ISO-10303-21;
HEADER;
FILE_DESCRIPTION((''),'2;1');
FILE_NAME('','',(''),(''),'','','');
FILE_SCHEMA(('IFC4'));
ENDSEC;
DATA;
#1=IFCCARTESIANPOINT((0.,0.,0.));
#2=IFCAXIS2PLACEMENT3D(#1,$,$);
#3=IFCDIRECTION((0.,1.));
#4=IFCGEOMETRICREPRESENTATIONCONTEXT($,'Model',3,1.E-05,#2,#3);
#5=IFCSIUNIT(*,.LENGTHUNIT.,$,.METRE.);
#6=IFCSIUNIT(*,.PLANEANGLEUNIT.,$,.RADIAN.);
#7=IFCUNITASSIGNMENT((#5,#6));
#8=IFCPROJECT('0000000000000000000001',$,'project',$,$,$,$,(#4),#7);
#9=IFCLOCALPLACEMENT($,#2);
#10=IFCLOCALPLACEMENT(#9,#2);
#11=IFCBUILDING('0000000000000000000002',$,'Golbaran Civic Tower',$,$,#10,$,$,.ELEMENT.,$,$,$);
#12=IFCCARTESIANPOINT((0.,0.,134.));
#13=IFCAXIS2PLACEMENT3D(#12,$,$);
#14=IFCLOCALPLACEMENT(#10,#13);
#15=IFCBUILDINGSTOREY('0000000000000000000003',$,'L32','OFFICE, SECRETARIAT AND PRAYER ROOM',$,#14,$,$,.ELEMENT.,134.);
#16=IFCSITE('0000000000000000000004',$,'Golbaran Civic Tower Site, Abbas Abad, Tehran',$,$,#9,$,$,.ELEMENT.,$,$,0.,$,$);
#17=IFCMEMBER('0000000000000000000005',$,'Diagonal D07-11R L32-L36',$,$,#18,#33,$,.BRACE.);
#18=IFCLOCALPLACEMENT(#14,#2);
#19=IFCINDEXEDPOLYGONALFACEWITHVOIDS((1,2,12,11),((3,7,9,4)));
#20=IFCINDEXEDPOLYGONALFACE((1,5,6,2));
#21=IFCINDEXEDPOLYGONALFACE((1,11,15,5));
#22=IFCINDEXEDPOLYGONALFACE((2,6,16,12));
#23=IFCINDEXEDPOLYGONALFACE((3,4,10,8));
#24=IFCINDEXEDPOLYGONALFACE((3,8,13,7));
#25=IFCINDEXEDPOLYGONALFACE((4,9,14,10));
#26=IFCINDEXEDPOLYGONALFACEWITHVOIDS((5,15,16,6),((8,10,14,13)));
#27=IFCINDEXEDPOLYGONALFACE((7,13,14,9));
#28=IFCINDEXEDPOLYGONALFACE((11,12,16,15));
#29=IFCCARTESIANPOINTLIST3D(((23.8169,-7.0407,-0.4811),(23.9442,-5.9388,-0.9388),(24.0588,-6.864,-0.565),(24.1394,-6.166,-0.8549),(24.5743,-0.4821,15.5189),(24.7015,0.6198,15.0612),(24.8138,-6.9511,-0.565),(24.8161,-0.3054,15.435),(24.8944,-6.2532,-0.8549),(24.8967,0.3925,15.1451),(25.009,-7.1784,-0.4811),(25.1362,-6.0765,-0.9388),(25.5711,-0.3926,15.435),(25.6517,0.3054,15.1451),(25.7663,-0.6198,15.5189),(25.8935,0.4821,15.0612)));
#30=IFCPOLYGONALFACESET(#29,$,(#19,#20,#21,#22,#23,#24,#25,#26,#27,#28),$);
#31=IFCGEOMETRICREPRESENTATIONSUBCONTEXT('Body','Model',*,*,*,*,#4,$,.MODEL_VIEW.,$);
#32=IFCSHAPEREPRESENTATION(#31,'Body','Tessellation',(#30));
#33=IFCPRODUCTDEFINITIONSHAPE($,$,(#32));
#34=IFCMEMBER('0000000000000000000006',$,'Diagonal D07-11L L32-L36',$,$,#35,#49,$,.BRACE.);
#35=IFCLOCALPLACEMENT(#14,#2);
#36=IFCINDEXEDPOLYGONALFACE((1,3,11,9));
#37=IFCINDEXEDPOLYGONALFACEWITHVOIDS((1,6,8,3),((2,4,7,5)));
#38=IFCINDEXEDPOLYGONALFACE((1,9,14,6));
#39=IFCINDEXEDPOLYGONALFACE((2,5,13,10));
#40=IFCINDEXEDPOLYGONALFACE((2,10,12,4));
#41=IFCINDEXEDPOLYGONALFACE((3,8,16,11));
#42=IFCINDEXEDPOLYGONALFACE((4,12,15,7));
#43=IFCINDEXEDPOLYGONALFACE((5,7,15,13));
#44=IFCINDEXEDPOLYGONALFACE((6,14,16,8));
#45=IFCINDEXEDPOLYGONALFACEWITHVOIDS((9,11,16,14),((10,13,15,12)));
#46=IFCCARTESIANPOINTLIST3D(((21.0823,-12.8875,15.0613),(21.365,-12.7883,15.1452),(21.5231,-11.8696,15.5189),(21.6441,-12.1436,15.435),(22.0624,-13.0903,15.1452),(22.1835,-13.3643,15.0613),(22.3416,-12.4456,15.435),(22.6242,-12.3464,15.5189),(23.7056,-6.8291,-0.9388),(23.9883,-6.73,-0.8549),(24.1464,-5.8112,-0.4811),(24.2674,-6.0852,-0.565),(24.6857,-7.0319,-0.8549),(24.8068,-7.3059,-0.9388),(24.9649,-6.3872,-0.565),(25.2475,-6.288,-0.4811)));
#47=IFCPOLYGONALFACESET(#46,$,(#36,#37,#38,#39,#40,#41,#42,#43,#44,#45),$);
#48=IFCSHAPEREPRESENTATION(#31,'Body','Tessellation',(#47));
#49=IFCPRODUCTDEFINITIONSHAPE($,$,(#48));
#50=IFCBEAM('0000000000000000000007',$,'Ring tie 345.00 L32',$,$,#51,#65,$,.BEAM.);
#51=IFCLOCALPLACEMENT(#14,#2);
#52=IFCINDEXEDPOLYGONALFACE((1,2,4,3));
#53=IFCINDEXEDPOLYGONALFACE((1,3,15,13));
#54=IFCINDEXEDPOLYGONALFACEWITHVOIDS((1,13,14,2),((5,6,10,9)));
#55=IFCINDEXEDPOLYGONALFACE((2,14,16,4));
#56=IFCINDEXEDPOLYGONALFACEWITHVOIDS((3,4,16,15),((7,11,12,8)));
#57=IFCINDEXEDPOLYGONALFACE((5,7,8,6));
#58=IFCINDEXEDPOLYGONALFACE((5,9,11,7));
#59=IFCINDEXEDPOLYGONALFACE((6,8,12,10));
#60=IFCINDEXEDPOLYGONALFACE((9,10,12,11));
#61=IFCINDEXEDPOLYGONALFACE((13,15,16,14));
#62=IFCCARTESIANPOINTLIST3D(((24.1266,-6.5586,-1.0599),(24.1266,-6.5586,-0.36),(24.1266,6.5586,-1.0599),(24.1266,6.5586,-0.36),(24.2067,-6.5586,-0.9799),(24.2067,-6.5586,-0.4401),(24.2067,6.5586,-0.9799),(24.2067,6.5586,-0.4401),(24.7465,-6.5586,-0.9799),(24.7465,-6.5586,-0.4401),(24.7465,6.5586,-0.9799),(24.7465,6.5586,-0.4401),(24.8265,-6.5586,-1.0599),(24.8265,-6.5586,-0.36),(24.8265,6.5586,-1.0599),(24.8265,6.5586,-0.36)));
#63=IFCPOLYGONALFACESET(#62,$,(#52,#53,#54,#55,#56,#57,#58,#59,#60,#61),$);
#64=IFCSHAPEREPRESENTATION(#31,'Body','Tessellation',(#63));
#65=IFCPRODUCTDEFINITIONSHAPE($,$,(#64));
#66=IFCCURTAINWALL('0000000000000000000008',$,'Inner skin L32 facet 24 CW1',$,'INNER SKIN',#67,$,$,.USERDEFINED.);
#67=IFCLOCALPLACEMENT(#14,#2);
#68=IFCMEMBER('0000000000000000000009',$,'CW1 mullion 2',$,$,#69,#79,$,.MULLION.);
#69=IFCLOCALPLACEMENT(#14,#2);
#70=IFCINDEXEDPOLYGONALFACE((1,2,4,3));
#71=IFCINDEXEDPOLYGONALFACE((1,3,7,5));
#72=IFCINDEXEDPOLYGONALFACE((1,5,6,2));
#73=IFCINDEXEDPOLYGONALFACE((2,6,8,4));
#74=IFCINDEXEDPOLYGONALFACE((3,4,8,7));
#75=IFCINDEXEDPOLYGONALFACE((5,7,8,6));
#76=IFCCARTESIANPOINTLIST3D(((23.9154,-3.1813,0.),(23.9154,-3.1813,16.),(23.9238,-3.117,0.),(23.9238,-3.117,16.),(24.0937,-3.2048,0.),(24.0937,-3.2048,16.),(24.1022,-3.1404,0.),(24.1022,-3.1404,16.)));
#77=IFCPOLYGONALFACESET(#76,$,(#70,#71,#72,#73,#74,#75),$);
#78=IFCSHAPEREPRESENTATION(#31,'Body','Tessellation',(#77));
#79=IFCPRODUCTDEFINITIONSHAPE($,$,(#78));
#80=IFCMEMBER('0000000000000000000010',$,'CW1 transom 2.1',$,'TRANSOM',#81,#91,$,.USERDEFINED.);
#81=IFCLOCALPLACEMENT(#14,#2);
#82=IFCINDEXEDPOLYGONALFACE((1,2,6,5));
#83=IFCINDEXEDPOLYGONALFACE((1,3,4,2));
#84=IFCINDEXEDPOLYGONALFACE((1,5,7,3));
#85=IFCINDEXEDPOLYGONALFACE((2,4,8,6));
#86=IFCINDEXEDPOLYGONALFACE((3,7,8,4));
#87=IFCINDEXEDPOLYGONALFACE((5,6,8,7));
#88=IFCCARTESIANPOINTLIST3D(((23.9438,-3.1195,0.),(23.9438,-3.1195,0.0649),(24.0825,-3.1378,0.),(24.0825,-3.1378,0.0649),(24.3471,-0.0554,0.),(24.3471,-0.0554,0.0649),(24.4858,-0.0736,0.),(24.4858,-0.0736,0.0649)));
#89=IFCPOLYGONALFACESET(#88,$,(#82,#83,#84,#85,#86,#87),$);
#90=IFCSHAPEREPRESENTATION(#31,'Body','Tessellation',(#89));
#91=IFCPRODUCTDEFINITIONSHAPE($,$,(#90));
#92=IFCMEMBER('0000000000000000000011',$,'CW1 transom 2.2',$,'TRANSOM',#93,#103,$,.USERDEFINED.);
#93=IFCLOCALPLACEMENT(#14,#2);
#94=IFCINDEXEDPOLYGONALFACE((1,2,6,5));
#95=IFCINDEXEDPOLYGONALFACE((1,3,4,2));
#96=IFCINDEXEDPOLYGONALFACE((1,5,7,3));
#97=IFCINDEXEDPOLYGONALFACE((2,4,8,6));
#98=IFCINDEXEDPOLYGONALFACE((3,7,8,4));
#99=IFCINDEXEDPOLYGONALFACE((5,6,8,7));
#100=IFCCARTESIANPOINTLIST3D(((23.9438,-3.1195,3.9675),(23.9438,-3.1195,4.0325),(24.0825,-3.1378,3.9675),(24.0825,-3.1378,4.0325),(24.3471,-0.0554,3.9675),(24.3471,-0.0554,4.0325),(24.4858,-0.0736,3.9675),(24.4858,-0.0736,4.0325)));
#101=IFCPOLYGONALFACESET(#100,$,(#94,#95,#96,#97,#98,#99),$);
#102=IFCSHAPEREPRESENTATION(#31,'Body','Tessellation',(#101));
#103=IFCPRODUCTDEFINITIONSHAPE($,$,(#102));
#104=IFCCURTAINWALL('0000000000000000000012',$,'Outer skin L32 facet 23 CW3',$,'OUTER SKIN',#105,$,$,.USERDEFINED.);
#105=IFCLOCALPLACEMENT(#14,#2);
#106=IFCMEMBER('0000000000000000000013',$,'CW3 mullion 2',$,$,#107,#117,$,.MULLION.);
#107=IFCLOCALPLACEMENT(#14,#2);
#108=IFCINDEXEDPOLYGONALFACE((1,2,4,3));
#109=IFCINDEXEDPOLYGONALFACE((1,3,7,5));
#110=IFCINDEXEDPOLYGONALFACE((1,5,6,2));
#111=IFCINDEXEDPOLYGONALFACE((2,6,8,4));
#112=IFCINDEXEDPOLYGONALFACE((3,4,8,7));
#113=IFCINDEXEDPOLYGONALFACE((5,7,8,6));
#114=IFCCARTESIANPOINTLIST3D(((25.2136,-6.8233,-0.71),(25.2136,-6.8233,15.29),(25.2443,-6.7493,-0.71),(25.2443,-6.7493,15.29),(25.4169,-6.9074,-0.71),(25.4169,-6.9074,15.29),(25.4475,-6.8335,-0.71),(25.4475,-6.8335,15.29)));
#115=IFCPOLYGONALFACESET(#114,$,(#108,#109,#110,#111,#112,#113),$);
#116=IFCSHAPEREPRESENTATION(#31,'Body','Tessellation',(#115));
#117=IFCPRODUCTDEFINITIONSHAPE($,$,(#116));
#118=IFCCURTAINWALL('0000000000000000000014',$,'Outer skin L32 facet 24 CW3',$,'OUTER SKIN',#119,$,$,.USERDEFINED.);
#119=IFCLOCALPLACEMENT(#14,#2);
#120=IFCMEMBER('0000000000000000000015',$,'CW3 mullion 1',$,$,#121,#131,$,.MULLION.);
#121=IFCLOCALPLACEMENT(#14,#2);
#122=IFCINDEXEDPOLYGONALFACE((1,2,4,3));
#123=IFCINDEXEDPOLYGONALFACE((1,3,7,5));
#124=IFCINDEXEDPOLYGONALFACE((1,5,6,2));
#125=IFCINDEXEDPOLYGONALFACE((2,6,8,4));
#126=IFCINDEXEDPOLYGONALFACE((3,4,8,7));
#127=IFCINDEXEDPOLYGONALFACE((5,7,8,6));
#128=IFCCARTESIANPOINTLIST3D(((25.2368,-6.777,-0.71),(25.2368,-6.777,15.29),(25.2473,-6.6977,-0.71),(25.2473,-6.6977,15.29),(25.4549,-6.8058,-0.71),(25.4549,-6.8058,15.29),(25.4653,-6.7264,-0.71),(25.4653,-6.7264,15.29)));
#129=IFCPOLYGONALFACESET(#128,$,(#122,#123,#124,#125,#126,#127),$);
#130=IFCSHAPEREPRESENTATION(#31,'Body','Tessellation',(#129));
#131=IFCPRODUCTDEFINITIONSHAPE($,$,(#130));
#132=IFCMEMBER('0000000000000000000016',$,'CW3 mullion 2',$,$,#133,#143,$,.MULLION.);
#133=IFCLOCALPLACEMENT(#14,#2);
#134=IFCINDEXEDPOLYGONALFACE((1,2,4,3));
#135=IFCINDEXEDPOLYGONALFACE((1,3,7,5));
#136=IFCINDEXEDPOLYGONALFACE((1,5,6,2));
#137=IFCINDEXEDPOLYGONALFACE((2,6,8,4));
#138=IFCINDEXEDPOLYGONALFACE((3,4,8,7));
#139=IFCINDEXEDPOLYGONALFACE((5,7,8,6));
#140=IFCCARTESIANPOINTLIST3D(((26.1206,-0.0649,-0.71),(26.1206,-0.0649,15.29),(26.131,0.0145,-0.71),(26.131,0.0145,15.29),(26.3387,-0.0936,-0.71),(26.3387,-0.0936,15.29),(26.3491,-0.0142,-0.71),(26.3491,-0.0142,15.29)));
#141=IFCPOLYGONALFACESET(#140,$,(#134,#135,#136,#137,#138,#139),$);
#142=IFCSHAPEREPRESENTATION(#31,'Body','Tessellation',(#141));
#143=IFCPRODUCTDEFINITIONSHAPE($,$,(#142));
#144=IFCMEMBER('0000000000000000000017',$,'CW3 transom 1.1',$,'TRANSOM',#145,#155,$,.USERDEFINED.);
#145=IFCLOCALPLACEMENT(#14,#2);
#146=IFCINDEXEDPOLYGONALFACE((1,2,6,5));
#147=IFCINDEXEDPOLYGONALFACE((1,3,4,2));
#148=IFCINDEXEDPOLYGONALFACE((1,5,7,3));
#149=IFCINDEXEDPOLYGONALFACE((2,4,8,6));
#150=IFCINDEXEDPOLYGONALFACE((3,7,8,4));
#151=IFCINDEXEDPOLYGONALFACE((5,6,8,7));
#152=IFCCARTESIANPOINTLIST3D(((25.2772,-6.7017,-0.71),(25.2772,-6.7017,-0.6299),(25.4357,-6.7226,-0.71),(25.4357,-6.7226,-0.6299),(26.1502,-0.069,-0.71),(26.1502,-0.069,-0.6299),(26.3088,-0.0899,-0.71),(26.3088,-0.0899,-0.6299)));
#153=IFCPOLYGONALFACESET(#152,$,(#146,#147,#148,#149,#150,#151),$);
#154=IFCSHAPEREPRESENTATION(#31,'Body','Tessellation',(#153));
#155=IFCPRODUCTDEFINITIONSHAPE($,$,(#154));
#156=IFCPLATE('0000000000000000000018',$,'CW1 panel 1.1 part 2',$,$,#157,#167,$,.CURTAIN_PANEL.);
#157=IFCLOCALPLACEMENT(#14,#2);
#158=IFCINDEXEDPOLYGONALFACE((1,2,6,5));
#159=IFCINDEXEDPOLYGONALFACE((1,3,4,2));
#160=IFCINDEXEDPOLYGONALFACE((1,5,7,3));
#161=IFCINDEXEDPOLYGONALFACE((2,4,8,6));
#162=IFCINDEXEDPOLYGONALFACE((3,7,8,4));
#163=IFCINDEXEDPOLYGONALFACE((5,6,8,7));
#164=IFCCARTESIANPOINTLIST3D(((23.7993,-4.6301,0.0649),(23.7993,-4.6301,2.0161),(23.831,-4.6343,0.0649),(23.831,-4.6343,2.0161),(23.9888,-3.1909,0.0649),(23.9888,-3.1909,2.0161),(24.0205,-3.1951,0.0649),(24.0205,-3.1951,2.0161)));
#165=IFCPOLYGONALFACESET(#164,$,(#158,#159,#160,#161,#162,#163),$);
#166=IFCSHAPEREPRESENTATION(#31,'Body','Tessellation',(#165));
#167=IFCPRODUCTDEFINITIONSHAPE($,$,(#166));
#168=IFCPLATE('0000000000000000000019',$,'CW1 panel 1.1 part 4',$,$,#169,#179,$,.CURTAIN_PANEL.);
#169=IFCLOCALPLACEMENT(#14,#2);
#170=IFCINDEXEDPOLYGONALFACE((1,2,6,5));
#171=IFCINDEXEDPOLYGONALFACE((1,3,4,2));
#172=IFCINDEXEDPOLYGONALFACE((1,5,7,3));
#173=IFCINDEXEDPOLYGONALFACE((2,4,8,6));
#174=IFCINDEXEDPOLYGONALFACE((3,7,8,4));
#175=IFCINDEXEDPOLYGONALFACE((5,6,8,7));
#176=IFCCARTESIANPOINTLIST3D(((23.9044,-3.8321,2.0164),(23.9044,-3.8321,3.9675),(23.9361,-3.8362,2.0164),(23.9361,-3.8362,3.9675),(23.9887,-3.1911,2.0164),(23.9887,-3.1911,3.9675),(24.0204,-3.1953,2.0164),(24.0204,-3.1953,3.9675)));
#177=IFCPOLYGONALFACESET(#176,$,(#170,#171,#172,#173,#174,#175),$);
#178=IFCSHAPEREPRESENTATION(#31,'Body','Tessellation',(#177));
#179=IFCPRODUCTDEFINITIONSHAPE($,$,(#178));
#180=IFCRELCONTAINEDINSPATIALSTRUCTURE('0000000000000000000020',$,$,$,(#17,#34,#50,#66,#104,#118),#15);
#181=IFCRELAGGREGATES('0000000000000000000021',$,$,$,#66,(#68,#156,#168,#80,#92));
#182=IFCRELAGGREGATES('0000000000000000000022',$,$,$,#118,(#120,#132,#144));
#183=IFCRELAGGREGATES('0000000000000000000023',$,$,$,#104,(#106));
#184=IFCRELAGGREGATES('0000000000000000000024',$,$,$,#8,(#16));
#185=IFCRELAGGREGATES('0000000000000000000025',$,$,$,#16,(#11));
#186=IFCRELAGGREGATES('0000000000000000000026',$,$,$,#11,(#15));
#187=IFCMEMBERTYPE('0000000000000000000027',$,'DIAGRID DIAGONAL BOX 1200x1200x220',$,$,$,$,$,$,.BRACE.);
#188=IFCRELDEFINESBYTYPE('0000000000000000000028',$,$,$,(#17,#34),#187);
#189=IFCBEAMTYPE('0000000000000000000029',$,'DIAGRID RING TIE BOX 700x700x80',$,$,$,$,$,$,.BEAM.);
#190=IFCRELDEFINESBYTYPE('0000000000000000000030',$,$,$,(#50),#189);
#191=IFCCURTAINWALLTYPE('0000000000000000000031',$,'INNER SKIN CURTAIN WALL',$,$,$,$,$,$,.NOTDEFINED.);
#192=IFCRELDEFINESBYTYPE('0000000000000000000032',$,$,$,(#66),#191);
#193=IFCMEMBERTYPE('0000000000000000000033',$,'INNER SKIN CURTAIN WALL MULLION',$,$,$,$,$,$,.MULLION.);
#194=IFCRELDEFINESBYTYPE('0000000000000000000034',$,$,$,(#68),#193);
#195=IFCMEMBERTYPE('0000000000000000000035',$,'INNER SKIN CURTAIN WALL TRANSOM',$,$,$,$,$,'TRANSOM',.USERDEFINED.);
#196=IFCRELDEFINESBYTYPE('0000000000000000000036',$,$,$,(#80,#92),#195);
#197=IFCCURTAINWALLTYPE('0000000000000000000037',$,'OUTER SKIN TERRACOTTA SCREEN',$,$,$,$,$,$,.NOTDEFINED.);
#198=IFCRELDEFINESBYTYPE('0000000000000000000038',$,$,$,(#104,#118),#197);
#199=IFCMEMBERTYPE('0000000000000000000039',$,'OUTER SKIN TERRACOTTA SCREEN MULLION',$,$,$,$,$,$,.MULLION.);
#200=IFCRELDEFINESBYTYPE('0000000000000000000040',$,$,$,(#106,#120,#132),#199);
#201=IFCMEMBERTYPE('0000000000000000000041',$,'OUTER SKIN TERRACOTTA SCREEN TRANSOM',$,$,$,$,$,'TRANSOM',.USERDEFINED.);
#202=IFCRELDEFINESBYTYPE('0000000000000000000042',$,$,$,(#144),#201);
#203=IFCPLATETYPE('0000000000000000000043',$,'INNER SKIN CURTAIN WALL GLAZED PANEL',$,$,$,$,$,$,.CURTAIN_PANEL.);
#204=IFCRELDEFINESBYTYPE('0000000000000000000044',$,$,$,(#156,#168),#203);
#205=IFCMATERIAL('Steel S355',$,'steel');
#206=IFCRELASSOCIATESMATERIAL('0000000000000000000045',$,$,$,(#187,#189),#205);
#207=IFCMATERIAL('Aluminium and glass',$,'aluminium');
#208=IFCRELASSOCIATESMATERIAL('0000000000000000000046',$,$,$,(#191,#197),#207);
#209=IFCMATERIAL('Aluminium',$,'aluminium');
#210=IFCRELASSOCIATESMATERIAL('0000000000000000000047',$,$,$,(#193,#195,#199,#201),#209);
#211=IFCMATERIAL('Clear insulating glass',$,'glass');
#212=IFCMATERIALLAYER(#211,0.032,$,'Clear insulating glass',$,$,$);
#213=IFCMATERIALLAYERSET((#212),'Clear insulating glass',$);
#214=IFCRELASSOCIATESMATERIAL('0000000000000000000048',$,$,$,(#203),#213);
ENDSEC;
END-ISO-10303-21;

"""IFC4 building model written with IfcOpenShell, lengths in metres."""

from ifc_helpers import new_model, si_unit, direction, frame, origin, origin_2d, place, context, subcontext, project, spatial, rectangle, hollow_rectangle, extrude, material, layer, layer_set, material_profile, profile_set, type_object, element, aggregate, save


model = new_model("IFC4")

# Units and contexts
model_context = context("Model", 3, precision=1e-05, world=origin(), true_north=direction((0.0, 1.0)))
body_context = subcontext(model_context, "Body", "Model", "MODEL_VIEW")
ifc_project = project(units=[si_unit("LENGTHUNIT", "METRE"), si_unit("PLANEANGLEUNIT", "RADIAN")], contexts=[model_context])

# Site, building, storey
site_placement = place(None, origin())
site = spatial("IfcSite", under=ifc_project, at=site_placement, Name="Golbaran Civic Tower Site, Abbas Abad, Tehran", CompositionType="ELEMENT", RefElevation=0.0)
building_placement = place(site_placement, origin())
building = spatial("IfcBuilding", under=site, at=building_placement, Name="Golbaran Civic Tower", CompositionType="ELEMENT")
storey_placement = place(building_placement, frame((0.0, 0.0, 134.0)))
storey = spatial("IfcBuildingStorey", under=building, at=storey_placement, Name="L32", Description="OFFICE, SECRETARIAT AND PRAYER ROOM", CompositionType="ELEMENT", Elevation=134.0)

# Members
ifc_material_1 = material(Name="Steel S355", Category="steel")
ifc_material_profile_1 = material_profile(ifc_material_1, hollow_rectangle(XDim=1.2, YDim=1.2, WallThickness=0.22, at=origin_2d()), Name="BOX 1200x1200x220")
ifc_profile_set_1 = profile_set([ifc_material_profile_1], Name="Steel S355")
member_type_1 = type_object("IfcMemberType", Name="DIAGRID DIAGONAL BOX 1200x1200x220", PredefinedType="BRACE", material=ifc_profile_set_1)
for number, where, z_axis, x_axis, name in (
    (1, (24.4766, -6.5586, -0.71), (0.043754, 0.37892, 0.924394), (-0.993399, 0.114708, 0.0), "Diagonal D07-11R L32-L36"),
    (2, (24.4766, -6.5586, -0.71), (-0.151561, -0.350021, 0.9244), (0.917666, -0.397353, 0.0), "Diagonal D07-11L L32-L36"),
):
    element("IfcMember", number, at=place(storey_placement, frame(where, z_axis=z_axis, x_axis=x_axis)), inside=storey, type_object=member_type_1, Name=name, PredefinedType="BRACE", context=body_context, shape_type="SweptSolid", body=[
        extrude(hollow_rectangle(XDim=1.2, YDim=1.2, WallThickness=0.22, at=origin_2d()), origin(), (0.0, 0.0, 1.0), 17.3086),
    ])

# Beam
ifc_material_profile_2 = material_profile(ifc_material_1, hollow_rectangle(XDim=0.7, YDim=0.7, WallThickness=0.0801, at=origin_2d()), Name="BOX 700x700x80")
ifc_profile_set_2 = profile_set([ifc_material_profile_2], Name="Steel S355")
beam_type = type_object("IfcBeamType", Name="DIAGRID RING TIE BOX 700x700x80", PredefinedType="BEAM", material=ifc_profile_set_2)
beam_placement = place(storey_placement, frame((24.4766, -6.5586, -0.71), z_axis=(0.0, 1.0, 0.0), x_axis=(-1.0, 0.0, 0.0)))
element("IfcBeam", 3, at=beam_placement, inside=storey, type_object=beam_type, Name="Ring tie 345.00 L32", PredefinedType="BEAM", context=body_context, shape_type="SweptSolid", body=[
    extrude(hollow_rectangle(XDim=0.7, YDim=0.7, WallThickness=0.0801, at=origin_2d()), origin(), (0.0, 0.0, 1.0), 13.1172),
])

# Curtain wall, members
ifc_material_2 = material(Name="Aluminium and glass", Category="aluminium")
curtain_wall_type_1 = type_object("IfcCurtainWallType", Name="INNER SKIN CURTAIN WALL", PredefinedType="NOTDEFINED", material=ifc_material_2)
curtain_wall_1_placement = place(storey_placement, origin())
curtain_wall_1 = element("IfcCurtainWall", 4, at=curtain_wall_1_placement, inside=storey, type_object=curtain_wall_type_1, Name="Inner skin L32 facet 24 CW1", ObjectType="INNER SKIN", PredefinedType="USERDEFINED")
ifc_material_3 = material(Name="Aluminium", Category="aluminium")
ifc_material_profile_3 = material_profile(ifc_material_3, rectangle(XDim=0.1799, YDim=0.0649, at=origin_2d()), Name="INNER SKIN CURTAIN WALL MULLION")
ifc_profile_set_3 = profile_set([ifc_material_profile_3], Name="Aluminium")
member_type_2 = type_object("IfcMemberType", Name="INNER SKIN CURTAIN WALL MULLION", PredefinedType="MULLION", material=ifc_profile_set_3)
member_1_placement = place(storey_placement, frame((24.0088, -3.1609, 0.0), z_axis=(0.0, 0.0, 1.0), x_axis=(-0.991445, 0.130526, 0.0)))
member_1 = element("IfcMember", 5, at=member_1_placement, type_object=member_type_2, Name="CW1 mullion 2", PredefinedType="MULLION", context=body_context, shape_type="SweptSolid", body=[
    extrude(rectangle(XDim=0.1799, YDim=0.0649, at=origin_2d()), origin(), (0.0, 0.0, 1.0), 16.0),
])
ifc_material_profile_4 = material_profile(ifc_material_3, rectangle(XDim=0.1399, YDim=0.0649, at=origin_2d()), Name="INNER SKIN CURTAIN WALL TRANSOM")
ifc_profile_set_4 = profile_set([ifc_material_profile_4], Name="Aluminium")
member_type_3 = type_object("IfcMemberType", Name="INNER SKIN CURTAIN WALL TRANSOM", ElementType="TRANSOM", PredefinedType="USERDEFINED", material=ifc_profile_set_4)
member_2_placement = place(storey_placement, frame((24.0132, -3.1287, 0.0325), z_axis=(0.130497, 0.991449, 0.0), x_axis=(-0.991449, 0.130497, 0.0)))
member_2 = element("IfcMember", 6, at=member_2_placement, type_object=member_type_3, Name="CW1 transom 2.1", ObjectType="TRANSOM", PredefinedType="USERDEFINED", context=body_context, shape_type="SweptSolid", body=[
    extrude(rectangle(XDim=0.1399, YDim=0.0649, at=origin_2d()), origin(), (0.0, 0.0, 1.0), 3.0906),
])
member_3_placement = place(storey_placement, frame((24.0132, -3.1287, 4.0), z_axis=(0.130497, 0.991449, 0.0), x_axis=(-0.991449, 0.130497, 0.0)))
member_3 = element("IfcMember", 7, at=member_3_placement, type_object=member_type_3, Name="CW1 transom 2.2", ObjectType="TRANSOM", PredefinedType="USERDEFINED", context=body_context, shape_type="SweptSolid", body=[
    extrude(rectangle(XDim=0.1399, YDim=0.0649, at=origin_2d()), origin(), (0.0, 0.0, 1.0), 3.0906),
])

# Curtain wall, member
curtain_wall_type_2 = type_object("IfcCurtainWallType", Name="OUTER SKIN TERRACOTTA SCREEN", PredefinedType="NOTDEFINED", material=ifc_material_2)
curtain_wall_2_placement = place(storey_placement, origin())
curtain_wall_2 = element("IfcCurtainWall", 8, at=curtain_wall_2_placement, inside=storey, type_object=curtain_wall_type_2, Name="Outer skin L32 facet 23 CW3", ObjectType="OUTER SKIN", PredefinedType="USERDEFINED")
ifc_material_profile_5 = material_profile(ifc_material_3, rectangle(XDim=0.22, YDim=0.0801, at=origin_2d()), Name="OUTER SKIN TERRACOTTA SCREEN MULLION")
ifc_profile_set_5 = profile_set([ifc_material_profile_5], Name="Aluminium")
member_type_4 = type_object("IfcMemberType", Name="OUTER SKIN TERRACOTTA SCREEN MULLION", PredefinedType="MULLION", material=ifc_profile_set_5)
member_4_placement = place(storey_placement, frame((25.3306, -6.8284, -0.71), z_axis=(0.0, 0.0, 1.0), x_axis=(-0.92388, 0.382683, 0.0)))
member_4 = element("IfcMember", 9, at=member_4_placement, type_object=member_type_4, Name="CW3 mullion 2", PredefinedType="MULLION", context=body_context, shape_type="SweptSolid", body=[
    extrude(rectangle(XDim=0.22, YDim=0.0801, at=origin_2d()), origin(), (0.0, 0.0, 1.0), 16.0),
])

# Curtain wall, members
curtain_wall_3_placement = place(storey_placement, origin())
curtain_wall_3 = element("IfcCurtainWall", 10, at=curtain_wall_3_placement, inside=storey, type_object=curtain_wall_type_2, Name="Outer skin L32 facet 24 CW3", ObjectType="OUTER SKIN", PredefinedType="USERDEFINED")
member_5_placement = place(storey_placement, frame((25.3511, -6.7517, -0.71), z_axis=(0.0, 0.0, 1.0), x_axis=(-0.991445, 0.130526, 0.0)))
member_5 = element("IfcMember", 11, at=member_5_placement, type_object=member_type_4, Name="CW3 mullion 1", PredefinedType="MULLION", context=body_context, shape_type="SweptSolid", body=[
    extrude(rectangle(XDim=0.22, YDim=0.0801, at=origin_2d()), origin(), (0.0, 0.0, 1.0), 16.0),
])
member_6_placement = place(storey_placement, frame((26.2349, -0.0396, -0.71), z_axis=(0.0, 0.0, 1.0), x_axis=(-0.991445, 0.130526, 0.0)))
member_6 = element("IfcMember", 12, at=member_6_placement, type_object=member_type_4, Name="CW3 mullion 2", PredefinedType="MULLION", context=body_context, shape_type="SweptSolid", body=[
    extrude(rectangle(XDim=0.22, YDim=0.0801, at=origin_2d()), origin(), (0.0, 0.0, 1.0), 16.0),
])
ifc_material_profile_6 = material_profile(ifc_material_3, rectangle(XDim=0.1599, YDim=0.0801, at=origin_2d()), Name="OUTER SKIN TERRACOTTA SCREEN TRANSOM")
ifc_profile_set_6 = profile_set([ifc_material_profile_6], Name="Aluminium")
member_type_5 = type_object("IfcMemberType", Name="OUTER SKIN TERRACOTTA SCREEN TRANSOM", ElementType="TRANSOM", PredefinedType="USERDEFINED", material=ifc_profile_set_6)
member_7_placement = place(storey_placement, frame((25.3564, -6.7122, -0.6699), z_axis=(0.1305, 0.991448, 0.0), x_axis=(-0.991448, 0.1305, 0.0)))
member_7 = element("IfcMember", 13, at=member_7_placement, type_object=member_type_5, Name="CW3 transom 1.1", ObjectType="TRANSOM", PredefinedType="USERDEFINED", context=body_context, shape_type="SweptSolid", body=[
    extrude(rectangle(XDim=0.1599, YDim=0.0801, at=origin_2d()), origin(), (0.0, 0.0, 1.0), 6.6899),
])

# Plates
ifc_material_4 = material(Name="Clear insulating glass", Category="glass")
ifc_layer_1 = layer(ifc_material_4, 0.032, Name="Clear insulating glass")
ifc_layer_set_1 = layer_set([ifc_layer_1], Name="Clear insulating glass")
plate_type_1 = type_object("IfcPlateType", Name="INNER SKIN CURTAIN WALL GLAZED PANEL", PredefinedType="CURTAIN_PANEL", material=ifc_layer_set_1)
plate_1_placement = place(storey_placement, frame((23.9099, -3.9126, 0.0649), z_axis=(0.0, 0.0, 1.0), x_axis=(0.130526, 0.991445, 0.0)))
plate_1 = element("IfcPlate", 14, at=plate_1_placement, type_object=plate_type_1, Name="CW1 panel 1.1 part 2", PredefinedType="CURTAIN_PANEL", context=body_context, shape_type="SweptSolid", body=[
    extrude(rectangle(XDim=1.4517, YDim=0.032, at=origin_2d()), origin(), (0.0, 0.0, 1.0), 1.9512),
])
plate_2_placement = place(storey_placement, frame((23.9624, -3.5137, 2.0164), z_axis=(0.0, 0.0, 1.0), x_axis=(0.130526, 0.991445, 0.0)))
plate_2 = element("IfcPlate", 15, at=plate_2_placement, type_object=plate_type_1, Name="CW1 panel 1.1 part 4", PredefinedType="CURTAIN_PANEL", context=body_context, shape_type="SweptSolid", body=[
    extrude(rectangle(XDim=0.6465, YDim=0.032, at=origin_2d()), origin(), (0.0, 0.0, 1.0), 1.9512),
])
aggregate(curtain_wall_1, [member_1, plate_1, plate_2, member_2, member_3])
aggregate(curtain_wall_3, [member_5, member_6, member_7])
aggregate(curtain_wall_2, [member_4])

save(model, "model.ifc")
